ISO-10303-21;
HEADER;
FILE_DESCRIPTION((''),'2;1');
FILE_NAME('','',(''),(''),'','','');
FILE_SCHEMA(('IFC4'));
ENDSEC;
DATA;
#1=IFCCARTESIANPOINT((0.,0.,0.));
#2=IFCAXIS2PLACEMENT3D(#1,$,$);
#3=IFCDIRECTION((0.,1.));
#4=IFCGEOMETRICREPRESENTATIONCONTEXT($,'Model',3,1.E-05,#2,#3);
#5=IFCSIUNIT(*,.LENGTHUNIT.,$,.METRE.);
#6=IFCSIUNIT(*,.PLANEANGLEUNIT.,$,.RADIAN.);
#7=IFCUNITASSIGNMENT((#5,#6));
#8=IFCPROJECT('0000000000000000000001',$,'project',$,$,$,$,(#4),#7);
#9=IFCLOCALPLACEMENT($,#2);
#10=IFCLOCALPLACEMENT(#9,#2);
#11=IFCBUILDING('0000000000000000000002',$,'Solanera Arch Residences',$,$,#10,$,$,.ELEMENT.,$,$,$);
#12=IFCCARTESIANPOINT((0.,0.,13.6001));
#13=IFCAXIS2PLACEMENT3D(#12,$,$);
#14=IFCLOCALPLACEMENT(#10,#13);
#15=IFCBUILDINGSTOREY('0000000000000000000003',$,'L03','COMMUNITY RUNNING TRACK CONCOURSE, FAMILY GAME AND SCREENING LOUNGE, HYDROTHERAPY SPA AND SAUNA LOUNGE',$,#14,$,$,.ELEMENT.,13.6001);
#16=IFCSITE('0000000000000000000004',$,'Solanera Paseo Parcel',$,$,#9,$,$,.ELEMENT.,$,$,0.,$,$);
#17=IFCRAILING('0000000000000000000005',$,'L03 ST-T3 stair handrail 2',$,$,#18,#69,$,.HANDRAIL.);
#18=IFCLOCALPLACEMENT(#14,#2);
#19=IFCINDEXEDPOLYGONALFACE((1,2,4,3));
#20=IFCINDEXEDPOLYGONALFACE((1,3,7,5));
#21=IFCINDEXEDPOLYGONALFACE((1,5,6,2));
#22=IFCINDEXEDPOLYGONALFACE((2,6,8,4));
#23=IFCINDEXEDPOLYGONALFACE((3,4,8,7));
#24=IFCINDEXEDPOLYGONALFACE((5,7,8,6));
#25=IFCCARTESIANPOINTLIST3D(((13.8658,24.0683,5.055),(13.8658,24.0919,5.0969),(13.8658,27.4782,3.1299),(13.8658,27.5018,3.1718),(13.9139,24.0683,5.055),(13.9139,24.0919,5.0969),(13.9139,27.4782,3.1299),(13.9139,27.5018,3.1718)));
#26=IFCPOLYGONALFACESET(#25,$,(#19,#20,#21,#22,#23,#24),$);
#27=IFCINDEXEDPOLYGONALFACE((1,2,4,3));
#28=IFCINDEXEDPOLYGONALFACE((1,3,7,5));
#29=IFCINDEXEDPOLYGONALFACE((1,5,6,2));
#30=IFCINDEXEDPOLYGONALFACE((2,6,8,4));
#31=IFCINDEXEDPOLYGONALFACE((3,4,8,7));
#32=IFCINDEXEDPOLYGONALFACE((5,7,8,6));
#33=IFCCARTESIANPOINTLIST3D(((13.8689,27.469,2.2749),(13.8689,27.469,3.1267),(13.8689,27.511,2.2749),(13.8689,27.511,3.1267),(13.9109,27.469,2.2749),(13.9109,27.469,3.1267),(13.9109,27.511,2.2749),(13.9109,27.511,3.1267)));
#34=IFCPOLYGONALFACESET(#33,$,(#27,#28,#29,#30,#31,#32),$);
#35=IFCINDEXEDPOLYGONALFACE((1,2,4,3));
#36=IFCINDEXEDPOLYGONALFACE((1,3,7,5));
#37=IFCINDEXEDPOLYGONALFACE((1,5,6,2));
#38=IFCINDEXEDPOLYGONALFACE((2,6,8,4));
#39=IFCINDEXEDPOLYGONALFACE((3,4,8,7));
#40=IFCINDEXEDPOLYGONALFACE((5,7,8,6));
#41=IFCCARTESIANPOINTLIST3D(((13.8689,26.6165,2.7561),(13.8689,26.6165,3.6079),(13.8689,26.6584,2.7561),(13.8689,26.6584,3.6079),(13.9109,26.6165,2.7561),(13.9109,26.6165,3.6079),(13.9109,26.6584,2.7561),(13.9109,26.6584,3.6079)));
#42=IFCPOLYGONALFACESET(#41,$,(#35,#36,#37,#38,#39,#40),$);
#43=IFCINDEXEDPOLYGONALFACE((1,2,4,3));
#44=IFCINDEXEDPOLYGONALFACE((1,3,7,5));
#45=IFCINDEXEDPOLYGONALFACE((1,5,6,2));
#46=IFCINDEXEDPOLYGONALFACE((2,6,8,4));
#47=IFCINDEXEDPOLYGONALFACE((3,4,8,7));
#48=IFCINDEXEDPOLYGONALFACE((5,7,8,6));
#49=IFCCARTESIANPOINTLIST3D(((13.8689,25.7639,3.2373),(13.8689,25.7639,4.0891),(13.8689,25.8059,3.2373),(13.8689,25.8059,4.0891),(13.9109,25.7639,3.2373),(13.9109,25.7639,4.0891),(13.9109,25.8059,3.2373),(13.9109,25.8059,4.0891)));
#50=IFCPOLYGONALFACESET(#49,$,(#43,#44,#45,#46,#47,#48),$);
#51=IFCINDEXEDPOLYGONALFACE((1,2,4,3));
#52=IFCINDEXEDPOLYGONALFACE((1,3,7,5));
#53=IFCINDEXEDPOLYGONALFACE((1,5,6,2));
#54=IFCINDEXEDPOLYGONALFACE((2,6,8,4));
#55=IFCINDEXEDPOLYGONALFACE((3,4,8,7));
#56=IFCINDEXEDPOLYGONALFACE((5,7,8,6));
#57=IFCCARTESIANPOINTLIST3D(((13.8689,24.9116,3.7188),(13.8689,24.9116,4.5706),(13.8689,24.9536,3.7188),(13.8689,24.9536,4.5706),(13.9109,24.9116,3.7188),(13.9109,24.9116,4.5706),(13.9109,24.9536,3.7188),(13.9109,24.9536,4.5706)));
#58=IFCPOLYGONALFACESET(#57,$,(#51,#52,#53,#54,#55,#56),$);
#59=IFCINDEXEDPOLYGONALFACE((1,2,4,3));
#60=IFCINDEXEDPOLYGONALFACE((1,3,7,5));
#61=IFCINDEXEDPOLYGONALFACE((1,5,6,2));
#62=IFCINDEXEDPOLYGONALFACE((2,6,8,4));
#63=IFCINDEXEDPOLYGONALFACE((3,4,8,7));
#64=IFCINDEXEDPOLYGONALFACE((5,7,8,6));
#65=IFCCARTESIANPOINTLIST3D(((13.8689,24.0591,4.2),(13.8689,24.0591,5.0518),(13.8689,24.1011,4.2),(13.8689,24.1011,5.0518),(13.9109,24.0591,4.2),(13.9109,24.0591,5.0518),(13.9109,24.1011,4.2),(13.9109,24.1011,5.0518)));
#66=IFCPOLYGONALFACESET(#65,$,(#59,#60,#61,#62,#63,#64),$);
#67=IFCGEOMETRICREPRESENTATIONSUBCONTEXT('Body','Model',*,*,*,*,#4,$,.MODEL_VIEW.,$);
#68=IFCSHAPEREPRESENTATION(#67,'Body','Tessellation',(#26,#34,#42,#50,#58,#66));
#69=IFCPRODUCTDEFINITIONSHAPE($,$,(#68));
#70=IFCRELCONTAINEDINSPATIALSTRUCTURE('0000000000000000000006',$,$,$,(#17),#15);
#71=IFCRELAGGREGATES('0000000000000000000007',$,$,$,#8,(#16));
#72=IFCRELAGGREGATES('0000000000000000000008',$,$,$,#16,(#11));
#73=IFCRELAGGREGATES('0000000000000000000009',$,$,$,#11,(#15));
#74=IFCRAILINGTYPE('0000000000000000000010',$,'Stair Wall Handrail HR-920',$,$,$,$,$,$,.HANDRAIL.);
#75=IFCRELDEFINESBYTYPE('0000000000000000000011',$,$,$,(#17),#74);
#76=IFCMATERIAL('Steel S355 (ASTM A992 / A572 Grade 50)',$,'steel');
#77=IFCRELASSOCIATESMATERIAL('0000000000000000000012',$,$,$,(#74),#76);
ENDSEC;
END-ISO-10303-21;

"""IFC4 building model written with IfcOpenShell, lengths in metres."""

from ifc_helpers import new_model, si_unit, direction, frame, origin, origin_2d, place, context, subcontext, project, spatial, rectangle, extrude, material, type_object, element, save


model = new_model("IFC4")

# Units and contexts
model_context = context("Model", 3, precision=1e-05, world=origin(), true_north=direction((0.0, 1.0)))
body_context = subcontext(model_context, "Body", "Model", "MODEL_VIEW")
ifc_project = project(units=[si_unit("LENGTHUNIT", "METRE"), si_unit("PLANEANGLEUNIT", "RADIAN")], contexts=[model_context])

# Site, building, storey
site_placement = place(None, origin())
site = spatial("IfcSite", under=ifc_project, at=site_placement, Name="Solanera Paseo Parcel", CompositionType="ELEMENT", RefElevation=0.0)
building_placement = place(site_placement, origin())
building = spatial("IfcBuilding", under=site, at=building_placement, Name="Solanera Arch Residences", CompositionType="ELEMENT")
storey_placement = place(building_placement, frame((0.0, 0.0, 13.6001)))
storey = spatial("IfcBuildingStorey", under=building, at=storey_placement, Name="L03", Description="COMMUNITY RUNNING TRACK CONCOURSE, FAMILY GAME AND SCREENING LOUNGE, HYDROTHERAPY SPA AND SAUNA LOUNGE", CompositionType="ELEMENT", Elevation=13.6001)

# Railing
ifc_material_1 = material(Name="Steel S355 (ASTM A992 / A572 Grade 50)", Category="steel")
railing_type_1 = type_object("IfcRailingType", Name="Stair Wall Handrail HR-920", PredefinedType="HANDRAIL", material=ifc_material_1)
for number, where, name in (
    (1, (13.8899, 27.49, 2.2749), "L03 ST-T3 stair handrail 2"),
):
    element("IfcRailing", number, at=place(storey_placement, frame(where)), inside=storey, type_object=railing_type_1, Name=name, PredefinedType="HANDRAIL", context=body_context, shape_type="SweptSolid", body=[
        extrude(rectangle(XDim=0.0481, YDim=0.0481, at=origin_2d()), frame((0.0, 0.0, 0.876), z_axis=(0.0, -0.870814, 0.491613), x_axis=(1.0, 0.0, 0.0)), (0.0, 0.0, 1.0), 3.9158),
        extrude(rectangle(XDim=0.042, YDim=0.042, at=origin_2d()), origin(), (0.0, 0.0, 1.0), 0.8518),
        extrude(rectangle(XDim=0.042, YDim=0.042, at=origin_2d()), frame((0.0, -0.8525, 0.4812)), (0.0, 0.0, 1.0), 0.8518),
        extrude(rectangle(XDim=0.042, YDim=0.042, at=origin_2d()), frame((0.0, -1.7051, 0.9624)), (0.0, 0.0, 1.0), 0.8518),
        extrude(rectangle(XDim=0.042, YDim=0.042, at=origin_2d()), frame((0.0, -2.5574, 1.4438)), (0.0, 0.0, 1.0), 0.8518),
        extrude(rectangle(XDim=0.042, YDim=0.042, at=origin_2d()), frame((0.0, -3.4099, 1.925)), (0.0, 0.0, 1.0), 0.8518),
    ])

save(model, "model.ifc")
